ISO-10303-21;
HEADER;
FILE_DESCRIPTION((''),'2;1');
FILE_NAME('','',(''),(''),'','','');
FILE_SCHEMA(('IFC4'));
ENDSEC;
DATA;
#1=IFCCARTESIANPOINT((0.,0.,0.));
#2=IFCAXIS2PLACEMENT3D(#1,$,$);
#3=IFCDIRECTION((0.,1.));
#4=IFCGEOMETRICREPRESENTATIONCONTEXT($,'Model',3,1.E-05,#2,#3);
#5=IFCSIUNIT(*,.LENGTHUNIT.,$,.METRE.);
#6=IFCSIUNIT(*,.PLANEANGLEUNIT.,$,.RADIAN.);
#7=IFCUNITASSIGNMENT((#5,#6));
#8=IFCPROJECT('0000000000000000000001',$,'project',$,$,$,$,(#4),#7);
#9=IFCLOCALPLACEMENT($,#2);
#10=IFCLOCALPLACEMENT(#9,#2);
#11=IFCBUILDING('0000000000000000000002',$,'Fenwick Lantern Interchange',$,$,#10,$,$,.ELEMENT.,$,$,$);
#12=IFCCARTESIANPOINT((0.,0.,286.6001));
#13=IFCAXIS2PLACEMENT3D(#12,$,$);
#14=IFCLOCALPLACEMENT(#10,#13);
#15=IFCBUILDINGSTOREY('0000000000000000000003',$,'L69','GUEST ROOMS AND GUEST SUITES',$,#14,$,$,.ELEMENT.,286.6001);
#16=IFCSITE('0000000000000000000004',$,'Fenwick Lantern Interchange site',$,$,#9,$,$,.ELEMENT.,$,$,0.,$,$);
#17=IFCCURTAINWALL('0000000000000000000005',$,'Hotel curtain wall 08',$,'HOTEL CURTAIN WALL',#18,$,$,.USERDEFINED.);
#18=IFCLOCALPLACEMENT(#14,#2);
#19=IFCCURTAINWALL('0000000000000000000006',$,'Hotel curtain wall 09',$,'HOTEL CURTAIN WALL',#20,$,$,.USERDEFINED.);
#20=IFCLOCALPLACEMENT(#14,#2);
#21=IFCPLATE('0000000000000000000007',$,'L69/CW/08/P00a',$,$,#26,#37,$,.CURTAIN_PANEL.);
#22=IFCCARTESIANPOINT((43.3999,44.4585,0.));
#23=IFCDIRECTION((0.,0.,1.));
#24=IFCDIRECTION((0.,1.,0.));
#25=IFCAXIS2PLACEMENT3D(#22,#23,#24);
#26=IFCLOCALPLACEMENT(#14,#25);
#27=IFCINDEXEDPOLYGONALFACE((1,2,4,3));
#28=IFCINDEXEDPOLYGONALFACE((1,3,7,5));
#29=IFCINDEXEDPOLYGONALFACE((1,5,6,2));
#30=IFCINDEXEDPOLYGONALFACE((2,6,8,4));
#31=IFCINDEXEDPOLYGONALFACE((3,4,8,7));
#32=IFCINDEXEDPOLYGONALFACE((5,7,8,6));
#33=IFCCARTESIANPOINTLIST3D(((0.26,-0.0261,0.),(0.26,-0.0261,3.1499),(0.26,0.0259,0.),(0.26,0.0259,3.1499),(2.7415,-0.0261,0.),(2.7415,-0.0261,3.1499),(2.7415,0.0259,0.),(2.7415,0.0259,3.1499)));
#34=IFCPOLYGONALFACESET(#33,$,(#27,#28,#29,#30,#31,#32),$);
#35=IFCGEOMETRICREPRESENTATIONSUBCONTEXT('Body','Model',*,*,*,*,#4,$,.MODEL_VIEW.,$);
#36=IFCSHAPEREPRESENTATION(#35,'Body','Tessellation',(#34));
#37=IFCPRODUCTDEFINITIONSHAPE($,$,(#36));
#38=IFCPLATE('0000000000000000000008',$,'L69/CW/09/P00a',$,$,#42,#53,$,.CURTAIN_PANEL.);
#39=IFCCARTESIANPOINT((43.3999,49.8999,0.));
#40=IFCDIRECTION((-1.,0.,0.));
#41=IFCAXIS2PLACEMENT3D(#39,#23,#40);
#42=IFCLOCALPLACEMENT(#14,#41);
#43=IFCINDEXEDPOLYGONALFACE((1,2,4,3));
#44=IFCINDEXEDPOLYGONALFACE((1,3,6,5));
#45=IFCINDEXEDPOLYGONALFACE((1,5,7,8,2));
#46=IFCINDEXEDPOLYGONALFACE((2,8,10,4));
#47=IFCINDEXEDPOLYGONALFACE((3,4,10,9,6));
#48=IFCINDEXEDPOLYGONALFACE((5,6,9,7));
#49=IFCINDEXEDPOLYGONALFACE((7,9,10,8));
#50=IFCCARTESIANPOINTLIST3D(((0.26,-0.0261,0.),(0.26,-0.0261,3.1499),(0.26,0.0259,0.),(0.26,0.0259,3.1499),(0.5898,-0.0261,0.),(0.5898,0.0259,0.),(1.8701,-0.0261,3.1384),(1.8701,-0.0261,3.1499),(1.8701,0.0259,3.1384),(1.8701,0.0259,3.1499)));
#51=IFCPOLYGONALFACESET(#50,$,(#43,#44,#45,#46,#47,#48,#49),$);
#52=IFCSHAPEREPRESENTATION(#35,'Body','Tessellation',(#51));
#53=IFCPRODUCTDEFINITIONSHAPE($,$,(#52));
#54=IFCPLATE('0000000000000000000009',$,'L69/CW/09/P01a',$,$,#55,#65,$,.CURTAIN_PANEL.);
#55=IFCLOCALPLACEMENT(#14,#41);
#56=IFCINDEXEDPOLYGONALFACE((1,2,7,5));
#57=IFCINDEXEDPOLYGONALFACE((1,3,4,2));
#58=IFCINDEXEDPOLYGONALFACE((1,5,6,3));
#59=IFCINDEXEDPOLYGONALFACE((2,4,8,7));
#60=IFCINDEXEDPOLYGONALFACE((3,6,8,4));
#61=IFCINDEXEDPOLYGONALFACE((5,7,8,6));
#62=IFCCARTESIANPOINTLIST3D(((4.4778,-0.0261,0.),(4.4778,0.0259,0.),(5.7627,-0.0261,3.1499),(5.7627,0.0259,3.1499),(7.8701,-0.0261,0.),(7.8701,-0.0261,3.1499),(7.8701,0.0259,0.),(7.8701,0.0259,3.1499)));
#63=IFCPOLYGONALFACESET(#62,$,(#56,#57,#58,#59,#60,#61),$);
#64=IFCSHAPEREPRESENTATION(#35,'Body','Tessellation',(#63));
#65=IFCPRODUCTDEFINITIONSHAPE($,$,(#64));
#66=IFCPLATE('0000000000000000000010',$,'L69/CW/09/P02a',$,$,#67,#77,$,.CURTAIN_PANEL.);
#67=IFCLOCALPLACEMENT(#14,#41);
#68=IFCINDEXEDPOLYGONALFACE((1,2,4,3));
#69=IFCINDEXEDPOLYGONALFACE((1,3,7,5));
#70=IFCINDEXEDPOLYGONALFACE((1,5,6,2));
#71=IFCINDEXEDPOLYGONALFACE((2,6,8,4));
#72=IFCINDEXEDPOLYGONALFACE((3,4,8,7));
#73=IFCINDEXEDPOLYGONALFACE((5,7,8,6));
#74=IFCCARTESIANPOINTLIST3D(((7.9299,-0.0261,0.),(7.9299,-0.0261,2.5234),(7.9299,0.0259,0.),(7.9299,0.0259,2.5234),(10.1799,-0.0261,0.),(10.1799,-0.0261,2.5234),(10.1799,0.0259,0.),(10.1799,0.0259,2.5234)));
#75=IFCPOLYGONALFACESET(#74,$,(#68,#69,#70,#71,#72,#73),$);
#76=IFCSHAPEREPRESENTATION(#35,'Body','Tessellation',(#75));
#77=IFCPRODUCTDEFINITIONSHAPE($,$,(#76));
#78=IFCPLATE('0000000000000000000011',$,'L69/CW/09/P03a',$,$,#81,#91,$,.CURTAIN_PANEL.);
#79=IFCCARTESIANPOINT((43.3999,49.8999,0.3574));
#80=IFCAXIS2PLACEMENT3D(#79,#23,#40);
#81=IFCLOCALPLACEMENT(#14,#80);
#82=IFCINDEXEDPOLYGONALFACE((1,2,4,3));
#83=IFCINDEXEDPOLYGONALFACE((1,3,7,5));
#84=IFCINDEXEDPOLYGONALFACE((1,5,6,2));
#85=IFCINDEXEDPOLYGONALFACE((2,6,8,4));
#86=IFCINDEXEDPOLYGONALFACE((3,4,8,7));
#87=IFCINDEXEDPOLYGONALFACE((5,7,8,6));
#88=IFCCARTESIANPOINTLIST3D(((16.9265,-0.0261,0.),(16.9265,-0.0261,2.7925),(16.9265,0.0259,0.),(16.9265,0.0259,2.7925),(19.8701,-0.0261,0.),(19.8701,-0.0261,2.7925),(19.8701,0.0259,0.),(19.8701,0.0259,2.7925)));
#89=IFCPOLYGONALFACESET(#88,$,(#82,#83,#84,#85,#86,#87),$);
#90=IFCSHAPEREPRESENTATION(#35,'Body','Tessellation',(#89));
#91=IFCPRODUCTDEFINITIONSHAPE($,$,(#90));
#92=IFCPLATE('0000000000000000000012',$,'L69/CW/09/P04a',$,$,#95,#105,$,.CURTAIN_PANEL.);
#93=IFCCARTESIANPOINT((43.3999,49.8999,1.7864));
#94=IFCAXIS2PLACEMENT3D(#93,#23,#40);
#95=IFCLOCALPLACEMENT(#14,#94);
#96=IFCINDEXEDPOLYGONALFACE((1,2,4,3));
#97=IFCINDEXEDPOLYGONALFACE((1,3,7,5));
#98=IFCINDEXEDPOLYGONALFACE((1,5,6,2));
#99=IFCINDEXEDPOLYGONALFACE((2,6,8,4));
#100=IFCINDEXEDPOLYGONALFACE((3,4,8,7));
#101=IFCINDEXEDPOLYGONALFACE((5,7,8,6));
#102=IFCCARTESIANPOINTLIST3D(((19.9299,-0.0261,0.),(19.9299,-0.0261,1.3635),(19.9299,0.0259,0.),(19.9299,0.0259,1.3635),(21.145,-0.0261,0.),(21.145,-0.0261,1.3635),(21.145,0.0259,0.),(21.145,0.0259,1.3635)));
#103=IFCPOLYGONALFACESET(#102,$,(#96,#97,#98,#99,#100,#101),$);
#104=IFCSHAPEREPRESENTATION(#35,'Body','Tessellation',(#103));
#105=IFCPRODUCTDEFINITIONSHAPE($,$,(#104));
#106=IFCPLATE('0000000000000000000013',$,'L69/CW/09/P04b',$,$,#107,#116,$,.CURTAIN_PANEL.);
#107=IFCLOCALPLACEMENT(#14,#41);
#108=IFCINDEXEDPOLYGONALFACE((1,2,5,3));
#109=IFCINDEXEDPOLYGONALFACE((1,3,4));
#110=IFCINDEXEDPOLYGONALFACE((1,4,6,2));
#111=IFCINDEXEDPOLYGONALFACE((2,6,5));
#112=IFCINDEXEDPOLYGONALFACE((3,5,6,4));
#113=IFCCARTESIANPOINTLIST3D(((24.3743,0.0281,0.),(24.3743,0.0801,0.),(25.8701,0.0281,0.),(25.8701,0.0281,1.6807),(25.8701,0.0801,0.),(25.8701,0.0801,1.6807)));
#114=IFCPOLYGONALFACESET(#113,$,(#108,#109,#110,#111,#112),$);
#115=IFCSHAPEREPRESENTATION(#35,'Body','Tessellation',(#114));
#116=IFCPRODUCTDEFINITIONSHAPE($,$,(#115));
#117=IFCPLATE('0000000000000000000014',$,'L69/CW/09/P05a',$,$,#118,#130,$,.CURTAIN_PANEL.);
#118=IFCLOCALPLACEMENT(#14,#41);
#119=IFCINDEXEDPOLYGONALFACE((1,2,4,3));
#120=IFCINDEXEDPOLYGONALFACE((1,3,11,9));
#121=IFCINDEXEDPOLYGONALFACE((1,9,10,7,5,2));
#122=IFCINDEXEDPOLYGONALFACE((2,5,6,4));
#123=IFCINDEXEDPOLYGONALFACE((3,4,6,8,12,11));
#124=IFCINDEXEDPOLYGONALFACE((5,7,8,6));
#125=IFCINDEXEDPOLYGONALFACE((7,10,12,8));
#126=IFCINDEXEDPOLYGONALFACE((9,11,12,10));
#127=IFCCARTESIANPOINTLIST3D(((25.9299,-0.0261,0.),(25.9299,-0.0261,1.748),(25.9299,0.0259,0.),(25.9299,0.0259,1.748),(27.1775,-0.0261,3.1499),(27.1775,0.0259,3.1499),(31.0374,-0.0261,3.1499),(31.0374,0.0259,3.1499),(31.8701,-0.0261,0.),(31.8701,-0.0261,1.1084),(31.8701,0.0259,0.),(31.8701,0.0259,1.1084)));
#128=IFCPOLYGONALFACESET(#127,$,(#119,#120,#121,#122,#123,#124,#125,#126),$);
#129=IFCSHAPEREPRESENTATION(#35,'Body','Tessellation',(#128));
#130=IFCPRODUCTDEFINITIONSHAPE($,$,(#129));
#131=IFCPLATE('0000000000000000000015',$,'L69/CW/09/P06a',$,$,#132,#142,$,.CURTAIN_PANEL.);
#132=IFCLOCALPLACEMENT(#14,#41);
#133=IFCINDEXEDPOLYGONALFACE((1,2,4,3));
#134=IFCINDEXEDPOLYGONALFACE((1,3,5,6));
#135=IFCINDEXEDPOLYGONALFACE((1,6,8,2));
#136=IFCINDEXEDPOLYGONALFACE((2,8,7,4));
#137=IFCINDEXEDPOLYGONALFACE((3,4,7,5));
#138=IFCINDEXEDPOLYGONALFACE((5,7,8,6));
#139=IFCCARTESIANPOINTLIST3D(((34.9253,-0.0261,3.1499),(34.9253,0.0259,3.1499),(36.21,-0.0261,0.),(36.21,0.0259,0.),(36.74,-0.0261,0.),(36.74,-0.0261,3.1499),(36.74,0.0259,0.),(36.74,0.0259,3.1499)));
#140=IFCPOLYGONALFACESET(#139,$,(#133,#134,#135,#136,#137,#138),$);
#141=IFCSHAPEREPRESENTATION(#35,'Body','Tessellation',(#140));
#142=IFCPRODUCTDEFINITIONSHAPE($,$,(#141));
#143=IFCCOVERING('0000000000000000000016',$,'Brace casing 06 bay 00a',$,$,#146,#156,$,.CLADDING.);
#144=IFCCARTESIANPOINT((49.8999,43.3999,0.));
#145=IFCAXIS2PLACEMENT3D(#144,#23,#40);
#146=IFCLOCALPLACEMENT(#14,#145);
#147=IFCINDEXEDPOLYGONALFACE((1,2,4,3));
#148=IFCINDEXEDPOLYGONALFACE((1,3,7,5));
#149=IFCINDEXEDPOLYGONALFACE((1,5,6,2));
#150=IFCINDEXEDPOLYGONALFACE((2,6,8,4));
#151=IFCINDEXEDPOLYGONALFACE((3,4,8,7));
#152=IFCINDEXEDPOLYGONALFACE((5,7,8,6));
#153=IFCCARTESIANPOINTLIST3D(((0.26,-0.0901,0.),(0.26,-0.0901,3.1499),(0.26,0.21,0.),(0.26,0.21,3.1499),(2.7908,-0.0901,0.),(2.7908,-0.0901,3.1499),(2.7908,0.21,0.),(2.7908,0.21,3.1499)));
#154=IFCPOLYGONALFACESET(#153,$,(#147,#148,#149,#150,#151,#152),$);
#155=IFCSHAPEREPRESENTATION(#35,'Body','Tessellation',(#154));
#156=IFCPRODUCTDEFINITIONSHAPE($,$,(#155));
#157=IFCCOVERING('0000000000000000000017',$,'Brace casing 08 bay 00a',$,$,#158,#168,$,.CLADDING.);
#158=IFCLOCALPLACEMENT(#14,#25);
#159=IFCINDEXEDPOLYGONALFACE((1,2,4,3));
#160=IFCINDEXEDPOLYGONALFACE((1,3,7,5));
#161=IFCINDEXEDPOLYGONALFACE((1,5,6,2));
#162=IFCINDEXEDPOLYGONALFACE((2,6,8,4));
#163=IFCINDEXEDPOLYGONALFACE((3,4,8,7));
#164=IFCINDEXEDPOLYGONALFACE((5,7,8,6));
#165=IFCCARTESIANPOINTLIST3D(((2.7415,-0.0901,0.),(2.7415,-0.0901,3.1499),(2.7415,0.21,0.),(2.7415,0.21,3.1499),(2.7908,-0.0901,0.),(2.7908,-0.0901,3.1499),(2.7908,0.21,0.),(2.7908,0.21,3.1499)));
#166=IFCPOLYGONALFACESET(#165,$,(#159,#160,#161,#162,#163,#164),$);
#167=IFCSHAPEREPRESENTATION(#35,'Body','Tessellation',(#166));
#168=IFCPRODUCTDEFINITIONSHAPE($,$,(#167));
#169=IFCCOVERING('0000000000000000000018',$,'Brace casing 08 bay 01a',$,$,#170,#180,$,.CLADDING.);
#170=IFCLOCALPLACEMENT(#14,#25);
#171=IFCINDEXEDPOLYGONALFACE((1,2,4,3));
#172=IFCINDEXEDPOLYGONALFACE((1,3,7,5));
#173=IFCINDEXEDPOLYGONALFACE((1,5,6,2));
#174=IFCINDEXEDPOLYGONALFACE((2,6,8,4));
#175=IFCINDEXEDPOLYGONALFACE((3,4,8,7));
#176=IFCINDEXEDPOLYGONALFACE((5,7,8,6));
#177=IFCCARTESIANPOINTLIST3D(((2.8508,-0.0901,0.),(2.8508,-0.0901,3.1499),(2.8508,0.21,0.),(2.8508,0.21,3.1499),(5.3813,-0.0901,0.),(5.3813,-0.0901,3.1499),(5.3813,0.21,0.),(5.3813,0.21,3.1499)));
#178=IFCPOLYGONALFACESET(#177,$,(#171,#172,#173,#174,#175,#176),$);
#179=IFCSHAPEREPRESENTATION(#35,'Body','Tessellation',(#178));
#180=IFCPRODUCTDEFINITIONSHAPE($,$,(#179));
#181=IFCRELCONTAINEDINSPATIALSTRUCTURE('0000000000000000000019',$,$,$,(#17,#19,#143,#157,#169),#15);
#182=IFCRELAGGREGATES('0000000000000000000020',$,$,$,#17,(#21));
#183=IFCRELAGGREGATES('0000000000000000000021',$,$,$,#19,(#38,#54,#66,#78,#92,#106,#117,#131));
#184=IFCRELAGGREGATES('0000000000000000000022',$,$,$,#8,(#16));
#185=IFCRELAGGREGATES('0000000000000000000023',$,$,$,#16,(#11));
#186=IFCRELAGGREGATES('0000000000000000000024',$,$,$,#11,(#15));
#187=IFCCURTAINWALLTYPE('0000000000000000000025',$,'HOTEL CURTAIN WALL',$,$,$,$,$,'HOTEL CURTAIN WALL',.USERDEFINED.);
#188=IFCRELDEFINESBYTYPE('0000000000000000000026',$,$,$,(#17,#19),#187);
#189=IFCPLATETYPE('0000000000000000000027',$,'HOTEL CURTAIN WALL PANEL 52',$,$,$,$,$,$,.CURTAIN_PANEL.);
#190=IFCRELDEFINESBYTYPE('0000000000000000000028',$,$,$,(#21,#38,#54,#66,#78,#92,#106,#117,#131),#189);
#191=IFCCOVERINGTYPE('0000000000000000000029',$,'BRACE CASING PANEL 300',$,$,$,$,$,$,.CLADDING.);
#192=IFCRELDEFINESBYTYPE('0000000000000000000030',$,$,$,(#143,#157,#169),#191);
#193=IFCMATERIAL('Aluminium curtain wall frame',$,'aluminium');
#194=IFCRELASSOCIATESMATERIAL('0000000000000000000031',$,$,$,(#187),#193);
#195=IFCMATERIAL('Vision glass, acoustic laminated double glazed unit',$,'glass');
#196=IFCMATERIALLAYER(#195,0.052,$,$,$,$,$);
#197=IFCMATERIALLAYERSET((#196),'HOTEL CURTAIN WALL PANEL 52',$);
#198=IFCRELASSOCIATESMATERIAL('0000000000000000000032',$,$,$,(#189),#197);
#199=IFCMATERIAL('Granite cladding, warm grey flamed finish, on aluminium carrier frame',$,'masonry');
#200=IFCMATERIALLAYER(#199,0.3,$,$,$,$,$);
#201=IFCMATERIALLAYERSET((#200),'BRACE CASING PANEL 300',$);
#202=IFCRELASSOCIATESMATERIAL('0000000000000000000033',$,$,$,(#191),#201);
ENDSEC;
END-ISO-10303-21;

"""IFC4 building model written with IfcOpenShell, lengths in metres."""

from ifc_helpers import new_model, si_unit, direction, frame, origin, place, context, subcontext, project, spatial, polyline, outline, extrude, material, layer, layer_set, type_object, element, aggregate, save


model = new_model("IFC4")

# Units and contexts
model_context = context("Model", 3, precision=1e-05, world=origin(), true_north=direction((0.0, 1.0)))
body_context = subcontext(model_context, "Body", "Model", "MODEL_VIEW")
ifc_project = project(units=[si_unit("LENGTHUNIT", "METRE"), si_unit("PLANEANGLEUNIT", "RADIAN")], contexts=[model_context])

# Site, building, storey
site_placement = place(None, origin())
site = spatial("IfcSite", under=ifc_project, at=site_placement, Name="Fenwick Lantern Interchange site", CompositionType="ELEMENT", RefElevation=0.0)
building_placement = place(site_placement, origin())
building = spatial("IfcBuilding", under=site, at=building_placement, Name="Fenwick Lantern Interchange", CompositionType="ELEMENT")
storey_placement = place(building_placement, frame((0.0, 0.0, 286.6001)))
storey = spatial("IfcBuildingStorey", under=building, at=storey_placement, Name="L69", Description="GUEST ROOMS AND GUEST SUITES", CompositionType="ELEMENT", Elevation=286.6001)

# Shared definitions
ifc_material_1 = material(Name="Aluminium curtain wall frame", Category="aluminium")
curtain_wall_type = type_object("IfcCurtainWallType", Name="HOTEL CURTAIN WALL", ElementType="HOTEL CURTAIN WALL", PredefinedType="USERDEFINED", material=ifc_material_1)

# Curtain walls
curtain_wall_1_placement = place(storey_placement, origin())
curtain_wall_1 = element("IfcCurtainWall", 1, at=curtain_wall_1_placement, inside=storey, type_object=curtain_wall_type, Name="Hotel curtain wall 08", ObjectType="HOTEL CURTAIN WALL", PredefinedType="USERDEFINED")
curtain_wall_2_placement = place(storey_placement, origin())
curtain_wall_2 = element("IfcCurtainWall", 2, at=curtain_wall_2_placement, inside=storey, type_object=curtain_wall_type, Name="Hotel curtain wall 09", ObjectType="HOTEL CURTAIN WALL", PredefinedType="USERDEFINED")

# Plates
ifc_material_2 = material(Name="Vision glass, acoustic laminated double glazed unit", Category="glass")
ifc_layer_1 = layer(ifc_material_2, 0.052)
ifc_layer_set_1 = layer_set([ifc_layer_1], Name="HOTEL CURTAIN WALL PANEL 52")
plate_type = type_object("IfcPlateType", Name="HOTEL CURTAIN WALL PANEL 52", PredefinedType="CURTAIN_PANEL", material=ifc_layer_set_1)
plate_1_placement = place(storey_placement, frame((43.3999, 44.4585, 0.0), z_axis=(0.0, 0.0, 1.0), x_axis=(0.0, 1.0, 0.0)))
plate_1 = element("IfcPlate", 3, at=plate_1_placement, type_object=plate_type, Name="L69/CW/08/P00a", PredefinedType="CURTAIN_PANEL", context=body_context, shape_type="SweptSolid", body=[
    extrude(outline(polyline([(0.26, 0.0), (2.7415, 0.0), (2.7415, 3.1499), (0.26, 3.1499), (0.26, 0.0)])), frame((0.0, 0.0259, 0.0), z_axis=(0.0, -1.0, 0.0), x_axis=(1.0, 0.0, 0.0)), (0.0, 0.0, 1.0), 0.052),
])
aggregate(curtain_wall_1, [plate_1])
plate_2_placement = place(storey_placement, frame((43.3999, 49.8999, 0.0), z_axis=(0.0, 0.0, 1.0), x_axis=(-1.0, 0.0, 0.0)))
plate_2 = element("IfcPlate", 4, at=plate_2_placement, type_object=plate_type, Name="L69/CW/09/P00a", PredefinedType="CURTAIN_PANEL", context=body_context, shape_type="SweptSolid", body=[
    extrude(outline(polyline([(0.26, 0.0), (0.5898, 0.0), (1.8701, 3.1384), (1.8701, 3.1499), (0.26, 3.1499), (0.26, 0.0)])), frame((0.0, 0.0259, 0.0), z_axis=(0.0, -1.0, 0.0), x_axis=(1.0, 0.0, 0.0)), (0.0, 0.0, 1.0), 0.052),
])
plate_3_placement = place(storey_placement, frame((43.3999, 49.8999, 0.0), z_axis=(0.0, 0.0, 1.0), x_axis=(-1.0, 0.0, 0.0)))
plate_3 = element("IfcPlate", 5, at=plate_3_placement, type_object=plate_type, Name="L69/CW/09/P01a", PredefinedType="CURTAIN_PANEL", context=body_context, shape_type="SweptSolid", body=[
    extrude(outline(polyline([(4.4778, 0.0), (7.8701, 0.0), (7.8701, 3.1499), (5.7627, 3.1499), (4.4778, 0.0)])), frame((0.0, 0.0259, 0.0), z_axis=(0.0, -1.0, 0.0), x_axis=(1.0, 0.0, 0.0)), (0.0, 0.0, 1.0), 0.052),
])
plate_4_placement = place(storey_placement, frame((43.3999, 49.8999, 0.0), z_axis=(0.0, 0.0, 1.0), x_axis=(-1.0, 0.0, 0.0)))
plate_4 = element("IfcPlate", 6, at=plate_4_placement, type_object=plate_type, Name="L69/CW/09/P02a", PredefinedType="CURTAIN_PANEL", context=body_context, shape_type="SweptSolid", body=[
    extrude(outline(polyline([(7.9299, 0.0), (10.1799, 0.0), (10.1799, 2.5234), (7.9299, 2.5234), (7.9299, 0.0)])), frame((0.0, 0.0259, 0.0), z_axis=(0.0, -1.0, 0.0), x_axis=(1.0, 0.0, 0.0)), (0.0, 0.0, 1.0), 0.052),
])
plate_5_placement = place(storey_placement, frame((43.3999, 49.8999, 0.3574), z_axis=(0.0, 0.0, 1.0), x_axis=(-1.0, 0.0, 0.0)))
plate_5 = element("IfcPlate", 7, at=plate_5_placement, type_object=plate_type, Name="L69/CW/09/P03a", PredefinedType="CURTAIN_PANEL", context=body_context, shape_type="SweptSolid", body=[
    extrude(outline(polyline([(16.9265, 0.0), (19.8701, 0.0), (19.8701, 2.7925), (16.9265, 2.7925), (16.9265, 0.0)])), frame((0.0, 0.0259, 0.0), z_axis=(0.0, -1.0, 0.0), x_axis=(1.0, 0.0, 0.0)), (0.0, 0.0, 1.0), 0.052),
])
plate_6_placement = place(storey_placement, frame((43.3999, 49.8999, 1.7864), z_axis=(0.0, 0.0, 1.0), x_axis=(-1.0, 0.0, 0.0)))
plate_6 = element("IfcPlate", 8, at=plate_6_placement, type_object=plate_type, Name="L69/CW/09/P04a", PredefinedType="CURTAIN_PANEL", context=body_context, shape_type="SweptSolid", body=[
    extrude(outline(polyline([(19.9299, 0.0), (21.145, 0.0), (21.145, 1.3635), (19.9299, 1.3635), (19.9299, 0.0)])), frame((0.0, 0.0259, 0.0), z_axis=(0.0, -1.0, 0.0), x_axis=(1.0, 0.0, 0.0)), (0.0, 0.0, 1.0), 0.052),
])
plate_7_placement = place(storey_placement, frame((43.3999, 49.8999, 0.0), z_axis=(0.0, 0.0, 1.0), x_axis=(-1.0, 0.0, 0.0)))
plate_7 = element("IfcPlate", 9, at=plate_7_placement, type_object=plate_type, Name="L69/CW/09/P04b", PredefinedType="CURTAIN_PANEL", context=body_context, shape_type="SweptSolid", body=[
    extrude(outline(polyline([(24.3743, 0.0), (25.8701, 0.0), (25.8701, 1.6807), (24.3743, 0.0)])), frame((0.0, 0.0801, 0.0), z_axis=(0.0, -1.0, 0.0), x_axis=(1.0, 0.0, 0.0)), (0.0, 0.0, 1.0), 0.052),
])
plate_8_placement = place(storey_placement, frame((43.3999, 49.8999, 0.0), z_axis=(0.0, 0.0, 1.0), x_axis=(-1.0, 0.0, 0.0)))
plate_8 = element("IfcPlate", 10, at=plate_8_placement, type_object=plate_type, Name="L69/CW/09/P05a", PredefinedType="CURTAIN_PANEL", context=body_context, shape_type="SweptSolid", body=[
    extrude(outline(polyline([(25.9299, 0.0), (31.8701, 0.0), (31.8701, 1.1084), (31.0374, 3.1499), (27.1775, 3.1499), (25.9299, 1.748), (25.9299, 0.0)])), frame((0.0, 0.0259, 0.0), z_axis=(0.0, -1.0, 0.0), x_axis=(1.0, 0.0, 0.0)), (0.0, 0.0, 1.0), 0.052),
])
plate_9_placement = place(storey_placement, frame((43.3999, 49.8999, 0.0), z_axis=(0.0, 0.0, 1.0), x_axis=(-1.0, 0.0, 0.0)))
plate_9 = element("IfcPlate", 11, at=plate_9_placement, type_object=plate_type, Name="L69/CW/09/P06a", PredefinedType="CURTAIN_PANEL", context=body_context, shape_type="SweptSolid", body=[
    extrude(outline(polyline([(36.21, 0.0), (36.74, 0.0), (36.74, 3.1499), (34.9253, 3.1499), (36.21, 0.0)])), frame((0.0, 0.0259, 0.0), z_axis=(0.0, -1.0, 0.0), x_axis=(1.0, 0.0, 0.0)), (0.0, 0.0, 1.0), 0.052),
])
aggregate(curtain_wall_2, [plate_2, plate_3, plate_4, plate_5, plate_6, plate_7, plate_8, plate_9])

# Coverings
ifc_material_3 = material(Name="Granite cladding, warm grey flamed finish, on aluminium carrier frame", Category="masonry")
ifc_layer_2 = layer(ifc_material_3, 0.3)
ifc_layer_set_2 = layer_set([ifc_layer_2], Name="BRACE CASING PANEL 300")
covering_type = type_object("IfcCoveringType", Name="BRACE CASING PANEL 300", PredefinedType="CLADDING", material=ifc_layer_set_2)
covering_1_placement = place(storey_placement, frame((49.8999, 43.3999, 0.0), z_axis=(0.0, 0.0, 1.0), x_axis=(-1.0, 0.0, 0.0)))
element("IfcCovering", 12, at=covering_1_placement, inside=storey, type_object=covering_type, Name="Brace casing 06 bay 00a", PredefinedType="CLADDING", context=body_context, shape_type="SweptSolid", body=[
    extrude(outline(polyline([(0.26, 0.0), (2.7908, 0.0), (2.7908, 3.1499), (0.26, 3.1499), (0.26, 0.0)])), frame((0.0, 0.21, 0.0), z_axis=(0.0, -1.0, 0.0), x_axis=(1.0, 0.0, 0.0)), (0.0, 0.0, 1.0), 0.3),
])
covering_2_placement = place(storey_placement, frame((43.3999, 44.4585, 0.0), z_axis=(0.0, 0.0, 1.0), x_axis=(0.0, 1.0, 0.0)))
element("IfcCovering", 13, at=covering_2_placement, inside=storey, type_object=covering_type, Name="Brace casing 08 bay 00a", PredefinedType="CLADDING", context=body_context, shape_type="SweptSolid", body=[
    extrude(outline(polyline([(2.7415, 0.0), (2.7908, 0.0), (2.7908, 3.1499), (2.7415, 3.1499), (2.7415, 0.0)])), frame((0.0, 0.21, 0.0), z_axis=(0.0, -1.0, 0.0), x_axis=(1.0, 0.0, 0.0)), (0.0, 0.0, 1.0), 0.3),
])
covering_3_placement = place(storey_placement, frame((43.3999, 44.4585, 0.0), z_axis=(0.0, 0.0, 1.0), x_axis=(0.0, 1.0, 0.0)))
element("IfcCovering", 14, at=covering_3_placement, inside=storey, type_object=covering_type, Name="Brace casing 08 bay 01a", PredefinedType="CLADDING", context=body_context, shape_type="SweptSolid", body=[
    extrude(outline(polyline([(2.8508, 0.0), (5.3813, 0.0), (5.3813, 3.1499), (2.8508, 3.1499), (2.8508, 0.0)])), frame((0.0, 0.21, 0.0), z_axis=(0.0, -1.0, 0.0), x_axis=(1.0, 0.0, 0.0)), (0.0, 0.0, 1.0), 0.3),
])

save(model, "model.ifc")
